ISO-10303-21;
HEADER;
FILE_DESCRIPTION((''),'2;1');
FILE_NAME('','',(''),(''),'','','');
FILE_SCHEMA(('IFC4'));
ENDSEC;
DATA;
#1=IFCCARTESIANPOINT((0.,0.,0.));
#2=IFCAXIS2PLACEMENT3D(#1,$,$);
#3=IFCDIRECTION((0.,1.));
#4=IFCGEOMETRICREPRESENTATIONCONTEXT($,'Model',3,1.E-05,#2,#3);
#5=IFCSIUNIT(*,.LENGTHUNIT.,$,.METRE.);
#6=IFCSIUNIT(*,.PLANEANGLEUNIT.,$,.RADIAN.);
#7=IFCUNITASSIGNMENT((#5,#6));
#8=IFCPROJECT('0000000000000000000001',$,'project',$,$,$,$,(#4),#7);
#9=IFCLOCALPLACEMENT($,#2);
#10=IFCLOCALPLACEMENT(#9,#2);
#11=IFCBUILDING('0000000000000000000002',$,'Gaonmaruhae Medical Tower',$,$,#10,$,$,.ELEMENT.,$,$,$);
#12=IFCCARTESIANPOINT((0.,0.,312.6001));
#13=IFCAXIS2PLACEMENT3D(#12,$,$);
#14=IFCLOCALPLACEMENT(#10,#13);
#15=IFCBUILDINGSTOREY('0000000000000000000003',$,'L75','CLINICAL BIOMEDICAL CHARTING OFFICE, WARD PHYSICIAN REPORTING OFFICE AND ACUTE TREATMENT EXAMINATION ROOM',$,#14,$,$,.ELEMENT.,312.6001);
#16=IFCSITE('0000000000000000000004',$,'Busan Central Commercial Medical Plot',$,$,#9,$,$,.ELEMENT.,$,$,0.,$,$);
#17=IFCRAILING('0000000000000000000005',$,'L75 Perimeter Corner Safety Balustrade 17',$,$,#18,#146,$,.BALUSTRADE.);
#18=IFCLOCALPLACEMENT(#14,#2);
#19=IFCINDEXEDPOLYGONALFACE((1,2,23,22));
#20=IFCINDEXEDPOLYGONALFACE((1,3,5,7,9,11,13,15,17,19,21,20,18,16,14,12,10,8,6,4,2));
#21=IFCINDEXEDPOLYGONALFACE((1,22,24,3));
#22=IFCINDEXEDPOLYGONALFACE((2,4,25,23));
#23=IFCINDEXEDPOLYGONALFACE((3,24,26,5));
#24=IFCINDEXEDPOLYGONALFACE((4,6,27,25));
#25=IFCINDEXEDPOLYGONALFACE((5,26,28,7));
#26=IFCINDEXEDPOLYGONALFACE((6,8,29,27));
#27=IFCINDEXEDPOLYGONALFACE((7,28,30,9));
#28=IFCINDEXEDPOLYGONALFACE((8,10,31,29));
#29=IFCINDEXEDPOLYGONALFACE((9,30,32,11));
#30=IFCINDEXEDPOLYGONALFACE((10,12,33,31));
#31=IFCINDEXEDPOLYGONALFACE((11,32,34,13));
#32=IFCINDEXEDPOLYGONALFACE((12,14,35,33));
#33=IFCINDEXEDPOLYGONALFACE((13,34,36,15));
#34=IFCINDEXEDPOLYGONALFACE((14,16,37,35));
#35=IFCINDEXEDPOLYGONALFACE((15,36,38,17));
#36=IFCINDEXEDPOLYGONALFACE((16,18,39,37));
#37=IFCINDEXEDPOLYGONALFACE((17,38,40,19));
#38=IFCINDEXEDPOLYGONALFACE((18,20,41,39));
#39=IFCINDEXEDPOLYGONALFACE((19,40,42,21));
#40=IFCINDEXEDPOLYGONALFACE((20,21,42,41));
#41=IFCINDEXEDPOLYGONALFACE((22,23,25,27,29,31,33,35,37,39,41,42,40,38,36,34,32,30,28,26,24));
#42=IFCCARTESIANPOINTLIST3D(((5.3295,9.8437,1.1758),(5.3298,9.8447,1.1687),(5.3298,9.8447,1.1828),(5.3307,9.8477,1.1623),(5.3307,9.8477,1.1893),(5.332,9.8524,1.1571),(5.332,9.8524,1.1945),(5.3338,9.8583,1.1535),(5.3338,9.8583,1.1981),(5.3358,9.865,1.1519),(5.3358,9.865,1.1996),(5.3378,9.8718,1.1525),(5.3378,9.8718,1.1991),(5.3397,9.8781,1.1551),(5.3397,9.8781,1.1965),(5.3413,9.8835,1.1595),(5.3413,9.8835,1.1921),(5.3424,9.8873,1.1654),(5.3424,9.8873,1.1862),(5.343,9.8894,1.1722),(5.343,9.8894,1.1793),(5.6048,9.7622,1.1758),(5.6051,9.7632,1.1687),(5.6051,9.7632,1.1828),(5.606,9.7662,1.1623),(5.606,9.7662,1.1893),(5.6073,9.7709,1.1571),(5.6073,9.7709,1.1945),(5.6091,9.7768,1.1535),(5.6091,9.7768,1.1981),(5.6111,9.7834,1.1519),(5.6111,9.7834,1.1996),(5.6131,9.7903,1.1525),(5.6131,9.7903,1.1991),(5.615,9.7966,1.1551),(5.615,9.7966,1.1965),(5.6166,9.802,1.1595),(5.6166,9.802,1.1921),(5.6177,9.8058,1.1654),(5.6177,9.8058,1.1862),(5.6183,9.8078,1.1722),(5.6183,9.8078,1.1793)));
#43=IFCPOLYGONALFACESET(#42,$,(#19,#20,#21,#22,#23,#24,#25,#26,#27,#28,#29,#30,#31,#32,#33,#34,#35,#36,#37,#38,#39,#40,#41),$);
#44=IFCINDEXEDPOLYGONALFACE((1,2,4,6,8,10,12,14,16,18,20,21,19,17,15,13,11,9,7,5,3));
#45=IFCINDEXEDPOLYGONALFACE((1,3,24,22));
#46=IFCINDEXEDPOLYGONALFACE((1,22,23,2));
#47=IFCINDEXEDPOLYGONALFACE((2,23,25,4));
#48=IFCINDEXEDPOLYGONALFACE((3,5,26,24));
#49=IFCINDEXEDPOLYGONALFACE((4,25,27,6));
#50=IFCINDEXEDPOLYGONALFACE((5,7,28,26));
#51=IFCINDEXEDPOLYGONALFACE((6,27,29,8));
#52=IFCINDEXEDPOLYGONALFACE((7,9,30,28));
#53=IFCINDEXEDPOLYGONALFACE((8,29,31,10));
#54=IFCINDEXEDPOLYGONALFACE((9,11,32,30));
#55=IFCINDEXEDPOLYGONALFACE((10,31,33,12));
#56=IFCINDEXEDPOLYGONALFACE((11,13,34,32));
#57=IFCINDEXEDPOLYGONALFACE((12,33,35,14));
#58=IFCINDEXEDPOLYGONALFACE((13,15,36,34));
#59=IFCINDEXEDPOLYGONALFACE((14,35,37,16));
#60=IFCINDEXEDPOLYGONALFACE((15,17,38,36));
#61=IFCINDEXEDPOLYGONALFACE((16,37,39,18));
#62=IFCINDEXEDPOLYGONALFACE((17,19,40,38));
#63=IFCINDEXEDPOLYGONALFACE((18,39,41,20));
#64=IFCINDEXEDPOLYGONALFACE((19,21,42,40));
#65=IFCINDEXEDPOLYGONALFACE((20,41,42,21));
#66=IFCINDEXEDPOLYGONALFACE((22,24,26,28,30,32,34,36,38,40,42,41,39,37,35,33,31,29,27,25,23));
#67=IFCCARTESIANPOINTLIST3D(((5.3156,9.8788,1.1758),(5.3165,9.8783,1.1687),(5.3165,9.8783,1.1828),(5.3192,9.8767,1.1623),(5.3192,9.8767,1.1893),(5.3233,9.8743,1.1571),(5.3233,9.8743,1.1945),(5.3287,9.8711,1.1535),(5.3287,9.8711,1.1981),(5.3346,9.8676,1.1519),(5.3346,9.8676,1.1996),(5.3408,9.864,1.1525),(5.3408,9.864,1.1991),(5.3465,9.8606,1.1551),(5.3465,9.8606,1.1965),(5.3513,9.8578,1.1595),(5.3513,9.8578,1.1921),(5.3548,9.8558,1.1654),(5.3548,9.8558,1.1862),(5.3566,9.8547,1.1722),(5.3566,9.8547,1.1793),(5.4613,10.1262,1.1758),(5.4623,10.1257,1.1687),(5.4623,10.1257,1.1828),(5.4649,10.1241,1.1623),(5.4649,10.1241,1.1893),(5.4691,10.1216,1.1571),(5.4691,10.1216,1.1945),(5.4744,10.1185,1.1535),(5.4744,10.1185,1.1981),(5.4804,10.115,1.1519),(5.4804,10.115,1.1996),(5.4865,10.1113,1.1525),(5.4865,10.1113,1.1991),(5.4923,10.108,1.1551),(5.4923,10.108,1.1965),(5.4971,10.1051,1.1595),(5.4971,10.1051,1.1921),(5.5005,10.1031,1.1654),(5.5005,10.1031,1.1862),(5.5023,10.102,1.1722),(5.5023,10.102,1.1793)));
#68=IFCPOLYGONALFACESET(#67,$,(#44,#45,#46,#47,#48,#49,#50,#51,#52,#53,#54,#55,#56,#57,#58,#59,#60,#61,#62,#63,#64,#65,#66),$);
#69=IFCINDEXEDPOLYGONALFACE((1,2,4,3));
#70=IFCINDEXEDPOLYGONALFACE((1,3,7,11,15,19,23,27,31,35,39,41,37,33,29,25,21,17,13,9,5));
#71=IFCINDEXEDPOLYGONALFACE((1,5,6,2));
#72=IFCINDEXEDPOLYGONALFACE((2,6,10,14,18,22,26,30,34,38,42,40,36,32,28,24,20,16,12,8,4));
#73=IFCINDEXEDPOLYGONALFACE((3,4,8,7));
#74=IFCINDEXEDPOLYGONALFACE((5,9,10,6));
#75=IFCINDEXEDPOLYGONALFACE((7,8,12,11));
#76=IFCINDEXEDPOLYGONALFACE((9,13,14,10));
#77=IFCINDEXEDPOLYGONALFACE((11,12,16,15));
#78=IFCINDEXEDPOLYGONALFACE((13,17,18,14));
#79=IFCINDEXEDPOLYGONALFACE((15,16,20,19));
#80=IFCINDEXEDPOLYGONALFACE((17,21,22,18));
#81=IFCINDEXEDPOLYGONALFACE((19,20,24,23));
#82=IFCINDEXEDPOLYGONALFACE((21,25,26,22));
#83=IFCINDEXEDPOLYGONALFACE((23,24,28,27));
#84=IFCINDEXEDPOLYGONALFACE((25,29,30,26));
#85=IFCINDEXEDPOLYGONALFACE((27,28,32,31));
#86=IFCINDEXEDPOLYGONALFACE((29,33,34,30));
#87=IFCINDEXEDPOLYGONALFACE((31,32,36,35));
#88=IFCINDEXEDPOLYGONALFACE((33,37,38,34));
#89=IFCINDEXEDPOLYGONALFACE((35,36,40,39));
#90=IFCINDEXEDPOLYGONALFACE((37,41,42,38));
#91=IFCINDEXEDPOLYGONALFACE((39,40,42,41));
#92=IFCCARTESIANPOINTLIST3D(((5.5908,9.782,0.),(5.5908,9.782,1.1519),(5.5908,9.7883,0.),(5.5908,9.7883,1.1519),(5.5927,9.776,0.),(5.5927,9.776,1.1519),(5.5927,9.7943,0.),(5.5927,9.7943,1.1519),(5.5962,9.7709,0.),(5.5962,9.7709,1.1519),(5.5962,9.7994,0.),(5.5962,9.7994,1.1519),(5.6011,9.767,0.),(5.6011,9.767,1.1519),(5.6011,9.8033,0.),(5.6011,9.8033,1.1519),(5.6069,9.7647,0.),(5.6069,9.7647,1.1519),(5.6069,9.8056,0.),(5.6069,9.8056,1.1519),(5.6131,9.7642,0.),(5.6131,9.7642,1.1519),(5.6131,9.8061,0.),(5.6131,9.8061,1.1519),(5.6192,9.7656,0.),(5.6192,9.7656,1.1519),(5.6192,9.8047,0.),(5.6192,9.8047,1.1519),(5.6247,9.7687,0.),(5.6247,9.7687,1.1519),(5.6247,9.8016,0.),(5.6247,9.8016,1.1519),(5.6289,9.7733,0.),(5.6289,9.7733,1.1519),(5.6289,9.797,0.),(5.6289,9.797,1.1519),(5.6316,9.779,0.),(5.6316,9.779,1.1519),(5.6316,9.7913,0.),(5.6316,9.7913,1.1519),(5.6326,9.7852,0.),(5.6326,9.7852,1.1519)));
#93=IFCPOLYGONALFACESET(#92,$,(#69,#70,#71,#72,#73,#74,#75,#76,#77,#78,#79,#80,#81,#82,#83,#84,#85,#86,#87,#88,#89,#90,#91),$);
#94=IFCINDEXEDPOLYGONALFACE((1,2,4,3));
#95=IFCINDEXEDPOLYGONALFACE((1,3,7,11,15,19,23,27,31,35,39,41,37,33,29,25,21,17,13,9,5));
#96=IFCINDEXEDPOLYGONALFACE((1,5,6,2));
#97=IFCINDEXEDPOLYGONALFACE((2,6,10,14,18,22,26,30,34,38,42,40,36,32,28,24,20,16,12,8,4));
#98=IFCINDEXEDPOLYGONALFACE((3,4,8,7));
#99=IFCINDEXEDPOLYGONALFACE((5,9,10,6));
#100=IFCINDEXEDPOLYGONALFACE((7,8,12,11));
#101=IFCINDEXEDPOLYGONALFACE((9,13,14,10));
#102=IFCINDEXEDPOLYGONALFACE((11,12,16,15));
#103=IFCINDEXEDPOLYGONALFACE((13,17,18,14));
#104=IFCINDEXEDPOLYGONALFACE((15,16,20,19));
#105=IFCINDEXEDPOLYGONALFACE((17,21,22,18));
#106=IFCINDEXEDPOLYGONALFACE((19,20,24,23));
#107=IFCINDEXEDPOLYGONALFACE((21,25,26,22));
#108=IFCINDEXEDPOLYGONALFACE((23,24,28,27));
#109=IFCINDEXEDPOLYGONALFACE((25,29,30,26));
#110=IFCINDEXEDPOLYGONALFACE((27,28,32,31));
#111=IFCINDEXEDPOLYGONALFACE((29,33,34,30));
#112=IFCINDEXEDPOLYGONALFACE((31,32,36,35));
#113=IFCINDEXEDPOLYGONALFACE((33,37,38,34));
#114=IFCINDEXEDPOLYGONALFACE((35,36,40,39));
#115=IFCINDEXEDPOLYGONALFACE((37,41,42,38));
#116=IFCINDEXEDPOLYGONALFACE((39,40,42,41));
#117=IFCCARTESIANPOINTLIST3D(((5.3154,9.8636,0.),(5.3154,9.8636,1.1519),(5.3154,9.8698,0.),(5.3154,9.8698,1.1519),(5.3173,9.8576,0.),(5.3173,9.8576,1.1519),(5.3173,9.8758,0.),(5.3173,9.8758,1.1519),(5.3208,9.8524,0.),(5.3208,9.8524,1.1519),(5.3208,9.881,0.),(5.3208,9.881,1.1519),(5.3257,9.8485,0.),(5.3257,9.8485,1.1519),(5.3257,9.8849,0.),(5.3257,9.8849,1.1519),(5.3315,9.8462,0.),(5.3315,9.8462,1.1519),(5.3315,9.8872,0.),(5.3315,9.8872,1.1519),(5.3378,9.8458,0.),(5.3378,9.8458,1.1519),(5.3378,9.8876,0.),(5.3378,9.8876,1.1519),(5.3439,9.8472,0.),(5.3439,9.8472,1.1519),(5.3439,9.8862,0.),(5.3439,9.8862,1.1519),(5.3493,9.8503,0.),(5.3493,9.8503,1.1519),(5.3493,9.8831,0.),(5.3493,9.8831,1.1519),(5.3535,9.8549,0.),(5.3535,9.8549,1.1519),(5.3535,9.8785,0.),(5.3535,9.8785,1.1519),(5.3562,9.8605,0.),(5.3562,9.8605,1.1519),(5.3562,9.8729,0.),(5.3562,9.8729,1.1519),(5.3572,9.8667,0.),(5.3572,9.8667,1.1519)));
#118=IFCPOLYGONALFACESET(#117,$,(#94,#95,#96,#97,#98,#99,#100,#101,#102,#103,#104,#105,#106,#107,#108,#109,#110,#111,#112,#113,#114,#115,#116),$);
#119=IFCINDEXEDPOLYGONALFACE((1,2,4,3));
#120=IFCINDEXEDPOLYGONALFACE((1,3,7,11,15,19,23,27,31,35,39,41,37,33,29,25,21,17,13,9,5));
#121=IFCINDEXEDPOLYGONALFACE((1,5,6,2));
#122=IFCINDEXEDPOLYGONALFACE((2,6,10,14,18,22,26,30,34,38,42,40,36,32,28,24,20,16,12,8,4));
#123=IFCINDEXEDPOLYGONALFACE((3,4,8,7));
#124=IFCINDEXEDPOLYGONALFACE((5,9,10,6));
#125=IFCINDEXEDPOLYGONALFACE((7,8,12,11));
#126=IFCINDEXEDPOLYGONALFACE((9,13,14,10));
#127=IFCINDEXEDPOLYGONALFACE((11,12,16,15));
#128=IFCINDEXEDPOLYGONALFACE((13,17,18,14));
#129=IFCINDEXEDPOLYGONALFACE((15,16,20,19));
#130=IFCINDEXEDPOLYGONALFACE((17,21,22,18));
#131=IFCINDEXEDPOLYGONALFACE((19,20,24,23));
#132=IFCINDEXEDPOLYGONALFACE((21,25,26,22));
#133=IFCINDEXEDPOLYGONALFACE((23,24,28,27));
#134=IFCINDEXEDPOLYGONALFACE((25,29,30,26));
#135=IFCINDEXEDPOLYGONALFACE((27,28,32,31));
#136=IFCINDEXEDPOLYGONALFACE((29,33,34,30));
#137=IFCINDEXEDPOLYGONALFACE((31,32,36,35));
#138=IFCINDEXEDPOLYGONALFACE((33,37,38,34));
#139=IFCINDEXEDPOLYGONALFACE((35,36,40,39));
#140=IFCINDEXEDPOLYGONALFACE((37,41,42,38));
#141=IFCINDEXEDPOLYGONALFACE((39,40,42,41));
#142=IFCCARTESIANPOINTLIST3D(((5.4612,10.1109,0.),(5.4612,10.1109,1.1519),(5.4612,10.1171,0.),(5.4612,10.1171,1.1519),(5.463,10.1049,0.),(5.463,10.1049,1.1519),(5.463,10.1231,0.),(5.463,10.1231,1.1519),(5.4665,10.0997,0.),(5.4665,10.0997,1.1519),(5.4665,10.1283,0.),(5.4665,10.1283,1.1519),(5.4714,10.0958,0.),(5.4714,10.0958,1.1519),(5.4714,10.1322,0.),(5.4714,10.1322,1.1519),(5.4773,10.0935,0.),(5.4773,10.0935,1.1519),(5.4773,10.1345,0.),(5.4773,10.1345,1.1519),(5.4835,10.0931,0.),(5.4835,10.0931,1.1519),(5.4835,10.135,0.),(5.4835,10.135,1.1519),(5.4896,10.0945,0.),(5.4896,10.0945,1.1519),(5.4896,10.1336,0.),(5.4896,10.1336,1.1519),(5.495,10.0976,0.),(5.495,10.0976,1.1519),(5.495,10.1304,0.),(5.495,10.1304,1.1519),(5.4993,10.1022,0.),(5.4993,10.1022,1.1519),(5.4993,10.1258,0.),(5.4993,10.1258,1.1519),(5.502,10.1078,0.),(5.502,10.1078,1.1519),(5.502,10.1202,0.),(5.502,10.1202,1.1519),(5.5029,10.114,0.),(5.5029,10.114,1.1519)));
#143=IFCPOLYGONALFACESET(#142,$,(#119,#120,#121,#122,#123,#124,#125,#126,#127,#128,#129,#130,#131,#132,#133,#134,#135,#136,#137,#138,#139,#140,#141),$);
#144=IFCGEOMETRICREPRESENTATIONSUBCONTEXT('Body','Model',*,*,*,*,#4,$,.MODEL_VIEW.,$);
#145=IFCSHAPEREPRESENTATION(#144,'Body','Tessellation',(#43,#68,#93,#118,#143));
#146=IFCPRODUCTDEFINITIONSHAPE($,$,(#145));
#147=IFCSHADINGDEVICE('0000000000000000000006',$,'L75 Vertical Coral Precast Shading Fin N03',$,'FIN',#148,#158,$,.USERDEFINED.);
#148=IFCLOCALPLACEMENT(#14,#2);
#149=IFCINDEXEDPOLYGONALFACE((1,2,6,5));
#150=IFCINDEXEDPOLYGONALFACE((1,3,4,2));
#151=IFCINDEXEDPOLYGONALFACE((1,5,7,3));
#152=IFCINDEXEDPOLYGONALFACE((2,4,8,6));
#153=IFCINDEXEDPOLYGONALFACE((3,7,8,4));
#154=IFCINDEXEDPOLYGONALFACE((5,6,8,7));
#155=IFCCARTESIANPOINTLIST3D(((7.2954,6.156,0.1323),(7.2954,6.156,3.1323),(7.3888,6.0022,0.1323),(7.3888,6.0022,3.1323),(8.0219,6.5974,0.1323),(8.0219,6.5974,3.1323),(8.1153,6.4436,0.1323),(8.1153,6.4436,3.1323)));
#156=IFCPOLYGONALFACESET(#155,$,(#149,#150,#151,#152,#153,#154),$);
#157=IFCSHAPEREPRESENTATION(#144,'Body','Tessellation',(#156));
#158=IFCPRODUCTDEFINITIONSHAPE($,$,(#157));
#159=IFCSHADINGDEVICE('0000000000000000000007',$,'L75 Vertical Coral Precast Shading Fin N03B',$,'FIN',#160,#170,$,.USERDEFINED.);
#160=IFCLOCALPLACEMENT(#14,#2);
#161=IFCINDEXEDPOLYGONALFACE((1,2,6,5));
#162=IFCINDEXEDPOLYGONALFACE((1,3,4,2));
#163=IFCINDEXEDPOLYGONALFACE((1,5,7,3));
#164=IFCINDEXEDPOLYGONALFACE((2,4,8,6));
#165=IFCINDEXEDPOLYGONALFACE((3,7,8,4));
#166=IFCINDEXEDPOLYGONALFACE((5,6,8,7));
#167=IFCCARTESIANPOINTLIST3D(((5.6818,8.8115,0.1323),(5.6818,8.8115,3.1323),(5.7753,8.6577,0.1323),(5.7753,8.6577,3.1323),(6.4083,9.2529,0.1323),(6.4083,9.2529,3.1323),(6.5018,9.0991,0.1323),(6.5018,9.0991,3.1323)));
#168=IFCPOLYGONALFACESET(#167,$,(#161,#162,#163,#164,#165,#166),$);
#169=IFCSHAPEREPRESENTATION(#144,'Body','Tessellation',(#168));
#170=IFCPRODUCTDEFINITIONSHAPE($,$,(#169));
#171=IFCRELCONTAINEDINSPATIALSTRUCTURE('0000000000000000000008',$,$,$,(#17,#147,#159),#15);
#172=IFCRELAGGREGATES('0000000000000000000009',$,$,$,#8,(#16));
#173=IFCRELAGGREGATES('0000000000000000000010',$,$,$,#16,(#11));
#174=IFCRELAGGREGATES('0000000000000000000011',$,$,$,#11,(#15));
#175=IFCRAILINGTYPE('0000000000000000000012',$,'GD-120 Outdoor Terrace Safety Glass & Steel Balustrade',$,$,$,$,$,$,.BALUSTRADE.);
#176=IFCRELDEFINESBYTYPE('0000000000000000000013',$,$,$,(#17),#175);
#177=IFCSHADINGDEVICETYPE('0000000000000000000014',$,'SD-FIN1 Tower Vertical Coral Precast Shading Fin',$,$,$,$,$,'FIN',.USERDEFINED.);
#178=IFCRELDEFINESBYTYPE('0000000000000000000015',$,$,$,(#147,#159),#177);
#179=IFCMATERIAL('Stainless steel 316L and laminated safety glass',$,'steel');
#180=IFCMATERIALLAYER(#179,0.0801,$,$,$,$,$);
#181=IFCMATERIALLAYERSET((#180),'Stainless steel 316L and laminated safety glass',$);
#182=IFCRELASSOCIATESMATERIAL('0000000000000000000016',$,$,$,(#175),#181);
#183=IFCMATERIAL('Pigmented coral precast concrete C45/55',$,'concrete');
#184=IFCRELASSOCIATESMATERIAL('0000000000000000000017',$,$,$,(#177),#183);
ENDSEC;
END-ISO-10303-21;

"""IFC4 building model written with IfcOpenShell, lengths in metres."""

from ifc_helpers import new_model, si_unit, direction, frame, origin, origin_2d, place, context, subcontext, project, spatial, rectangle, circle, extrude, material, layer, layer_set, type_object, element, save


model = new_model("IFC4")

# Units and contexts
model_context = context("Model", 3, precision=1e-05, world=origin(), true_north=direction((0.0, 1.0)))
body_context = subcontext(model_context, "Body", "Model", "MODEL_VIEW")
ifc_project = project(units=[si_unit("LENGTHUNIT", "METRE"), si_unit("PLANEANGLEUNIT", "RADIAN")], contexts=[model_context])

# Site, building, storey
site_placement = place(None, origin())
site = spatial("IfcSite", under=ifc_project, at=site_placement, Name="Busan Central Commercial Medical Plot", CompositionType="ELEMENT", RefElevation=0.0)
building_placement = place(site_placement, origin())
building = spatial("IfcBuilding", under=site, at=building_placement, Name="Gaonmaruhae Medical Tower", CompositionType="ELEMENT")
storey_placement = place(building_placement, frame((0.0, 0.0, 312.6001)))
storey = spatial("IfcBuildingStorey", under=building, at=storey_placement, Name="L75", Description="CLINICAL BIOMEDICAL CHARTING OFFICE, WARD PHYSICIAN REPORTING OFFICE AND ACUTE TREATMENT EXAMINATION ROOM", CompositionType="ELEMENT", Elevation=312.6001)

# Railing
ifc_material_1 = material(Name="Stainless steel 316L and laminated safety glass", Category="steel")
ifc_layer_1 = layer(ifc_material_1, 0.0801)
ifc_layer_set_1 = layer_set([ifc_layer_1], Name="Stainless steel 316L and laminated safety glass")
railing_type = type_object("IfcRailingType", Name="GD-120 Outdoor Terrace Safety Glass & Steel Balustrade", PredefinedType="BALUSTRADE", material=ifc_layer_set_1)
railing_1_placement = place(storey_placement, frame((5.6116, 9.7852, 0.0)))
element("IfcRailing", 1, at=railing_1_placement, inside=storey, type_object=railing_type, Name="L75 Perimeter Corner Safety Balustrade 17", PredefinedType="BALUSTRADE", context=body_context, shape_type="SweptSolid", body=[
    extrude(circle(Radius=0.0239, at=origin_2d()), frame((0.0, 0.0, 1.1758), z_axis=(-0.95885, 0.283915, 0.0), x_axis=(-0.283915, -0.95885, 0.0)), (0.0, 0.0, 1.0), 0.2871),
    extrude(circle(Radius=0.0239, at=origin_2d()), frame((-0.2754, 0.0815, 1.1758), z_axis=(0.507726, 0.861519, 0.0), x_axis=(-0.861519, 0.507726, 0.0)), (0.0, 0.0, 1.0), 0.2871),
    extrude(circle(Radius=0.021, at=origin_2d()), origin(), (0.0, 0.0, 1.0), 1.1519),
    extrude(circle(Radius=0.021, at=origin_2d()), frame((-0.2754, 0.0815, 0.0)), (0.0, 0.0, 1.0), 1.1519),
    extrude(circle(Radius=0.021, at=origin_2d()), frame((-0.1296, 0.3289, 0.0)), (0.0, 0.0, 1.0), 1.1519),
])

# Shading devices
ifc_material_2 = material(Name="Pigmented coral precast concrete C45/55", Category="concrete")
shading_device_type = type_object("IfcShadingDeviceType", Name="SD-FIN1 Tower Vertical Coral Precast Shading Fin", ElementType="FIN", PredefinedType="USERDEFINED", material=ifc_material_2)
for number, where, z_axis, x_axis, name in (
    (2, (7.7053, 6.2998, 0.1323), (0.0, 0.0, 1.0), (-0.519251, 0.854622, 0.0), "L75 Vertical Coral Precast Shading Fin N03"),
    (3, (6.0918, 8.9553, 0.1323), (0.0, 0.0, 1.0), (-0.519251, 0.854622, 0.0), "L75 Vertical Coral Precast Shading Fin N03B"),
):
    element("IfcShadingDevice", number, at=place(storey_placement, frame(where, z_axis=z_axis, x_axis=x_axis)), inside=storey, type_object=shading_device_type, Name=name, ObjectType="FIN", PredefinedType="USERDEFINED", context=body_context, shape_type="SweptSolid", body=[
        extrude(rectangle(XDim=0.1799, YDim=0.8501, at=origin_2d()), origin(), (0.0, 0.0, 1.0), 3.0),
    ])

save(model, "model.ifc")
